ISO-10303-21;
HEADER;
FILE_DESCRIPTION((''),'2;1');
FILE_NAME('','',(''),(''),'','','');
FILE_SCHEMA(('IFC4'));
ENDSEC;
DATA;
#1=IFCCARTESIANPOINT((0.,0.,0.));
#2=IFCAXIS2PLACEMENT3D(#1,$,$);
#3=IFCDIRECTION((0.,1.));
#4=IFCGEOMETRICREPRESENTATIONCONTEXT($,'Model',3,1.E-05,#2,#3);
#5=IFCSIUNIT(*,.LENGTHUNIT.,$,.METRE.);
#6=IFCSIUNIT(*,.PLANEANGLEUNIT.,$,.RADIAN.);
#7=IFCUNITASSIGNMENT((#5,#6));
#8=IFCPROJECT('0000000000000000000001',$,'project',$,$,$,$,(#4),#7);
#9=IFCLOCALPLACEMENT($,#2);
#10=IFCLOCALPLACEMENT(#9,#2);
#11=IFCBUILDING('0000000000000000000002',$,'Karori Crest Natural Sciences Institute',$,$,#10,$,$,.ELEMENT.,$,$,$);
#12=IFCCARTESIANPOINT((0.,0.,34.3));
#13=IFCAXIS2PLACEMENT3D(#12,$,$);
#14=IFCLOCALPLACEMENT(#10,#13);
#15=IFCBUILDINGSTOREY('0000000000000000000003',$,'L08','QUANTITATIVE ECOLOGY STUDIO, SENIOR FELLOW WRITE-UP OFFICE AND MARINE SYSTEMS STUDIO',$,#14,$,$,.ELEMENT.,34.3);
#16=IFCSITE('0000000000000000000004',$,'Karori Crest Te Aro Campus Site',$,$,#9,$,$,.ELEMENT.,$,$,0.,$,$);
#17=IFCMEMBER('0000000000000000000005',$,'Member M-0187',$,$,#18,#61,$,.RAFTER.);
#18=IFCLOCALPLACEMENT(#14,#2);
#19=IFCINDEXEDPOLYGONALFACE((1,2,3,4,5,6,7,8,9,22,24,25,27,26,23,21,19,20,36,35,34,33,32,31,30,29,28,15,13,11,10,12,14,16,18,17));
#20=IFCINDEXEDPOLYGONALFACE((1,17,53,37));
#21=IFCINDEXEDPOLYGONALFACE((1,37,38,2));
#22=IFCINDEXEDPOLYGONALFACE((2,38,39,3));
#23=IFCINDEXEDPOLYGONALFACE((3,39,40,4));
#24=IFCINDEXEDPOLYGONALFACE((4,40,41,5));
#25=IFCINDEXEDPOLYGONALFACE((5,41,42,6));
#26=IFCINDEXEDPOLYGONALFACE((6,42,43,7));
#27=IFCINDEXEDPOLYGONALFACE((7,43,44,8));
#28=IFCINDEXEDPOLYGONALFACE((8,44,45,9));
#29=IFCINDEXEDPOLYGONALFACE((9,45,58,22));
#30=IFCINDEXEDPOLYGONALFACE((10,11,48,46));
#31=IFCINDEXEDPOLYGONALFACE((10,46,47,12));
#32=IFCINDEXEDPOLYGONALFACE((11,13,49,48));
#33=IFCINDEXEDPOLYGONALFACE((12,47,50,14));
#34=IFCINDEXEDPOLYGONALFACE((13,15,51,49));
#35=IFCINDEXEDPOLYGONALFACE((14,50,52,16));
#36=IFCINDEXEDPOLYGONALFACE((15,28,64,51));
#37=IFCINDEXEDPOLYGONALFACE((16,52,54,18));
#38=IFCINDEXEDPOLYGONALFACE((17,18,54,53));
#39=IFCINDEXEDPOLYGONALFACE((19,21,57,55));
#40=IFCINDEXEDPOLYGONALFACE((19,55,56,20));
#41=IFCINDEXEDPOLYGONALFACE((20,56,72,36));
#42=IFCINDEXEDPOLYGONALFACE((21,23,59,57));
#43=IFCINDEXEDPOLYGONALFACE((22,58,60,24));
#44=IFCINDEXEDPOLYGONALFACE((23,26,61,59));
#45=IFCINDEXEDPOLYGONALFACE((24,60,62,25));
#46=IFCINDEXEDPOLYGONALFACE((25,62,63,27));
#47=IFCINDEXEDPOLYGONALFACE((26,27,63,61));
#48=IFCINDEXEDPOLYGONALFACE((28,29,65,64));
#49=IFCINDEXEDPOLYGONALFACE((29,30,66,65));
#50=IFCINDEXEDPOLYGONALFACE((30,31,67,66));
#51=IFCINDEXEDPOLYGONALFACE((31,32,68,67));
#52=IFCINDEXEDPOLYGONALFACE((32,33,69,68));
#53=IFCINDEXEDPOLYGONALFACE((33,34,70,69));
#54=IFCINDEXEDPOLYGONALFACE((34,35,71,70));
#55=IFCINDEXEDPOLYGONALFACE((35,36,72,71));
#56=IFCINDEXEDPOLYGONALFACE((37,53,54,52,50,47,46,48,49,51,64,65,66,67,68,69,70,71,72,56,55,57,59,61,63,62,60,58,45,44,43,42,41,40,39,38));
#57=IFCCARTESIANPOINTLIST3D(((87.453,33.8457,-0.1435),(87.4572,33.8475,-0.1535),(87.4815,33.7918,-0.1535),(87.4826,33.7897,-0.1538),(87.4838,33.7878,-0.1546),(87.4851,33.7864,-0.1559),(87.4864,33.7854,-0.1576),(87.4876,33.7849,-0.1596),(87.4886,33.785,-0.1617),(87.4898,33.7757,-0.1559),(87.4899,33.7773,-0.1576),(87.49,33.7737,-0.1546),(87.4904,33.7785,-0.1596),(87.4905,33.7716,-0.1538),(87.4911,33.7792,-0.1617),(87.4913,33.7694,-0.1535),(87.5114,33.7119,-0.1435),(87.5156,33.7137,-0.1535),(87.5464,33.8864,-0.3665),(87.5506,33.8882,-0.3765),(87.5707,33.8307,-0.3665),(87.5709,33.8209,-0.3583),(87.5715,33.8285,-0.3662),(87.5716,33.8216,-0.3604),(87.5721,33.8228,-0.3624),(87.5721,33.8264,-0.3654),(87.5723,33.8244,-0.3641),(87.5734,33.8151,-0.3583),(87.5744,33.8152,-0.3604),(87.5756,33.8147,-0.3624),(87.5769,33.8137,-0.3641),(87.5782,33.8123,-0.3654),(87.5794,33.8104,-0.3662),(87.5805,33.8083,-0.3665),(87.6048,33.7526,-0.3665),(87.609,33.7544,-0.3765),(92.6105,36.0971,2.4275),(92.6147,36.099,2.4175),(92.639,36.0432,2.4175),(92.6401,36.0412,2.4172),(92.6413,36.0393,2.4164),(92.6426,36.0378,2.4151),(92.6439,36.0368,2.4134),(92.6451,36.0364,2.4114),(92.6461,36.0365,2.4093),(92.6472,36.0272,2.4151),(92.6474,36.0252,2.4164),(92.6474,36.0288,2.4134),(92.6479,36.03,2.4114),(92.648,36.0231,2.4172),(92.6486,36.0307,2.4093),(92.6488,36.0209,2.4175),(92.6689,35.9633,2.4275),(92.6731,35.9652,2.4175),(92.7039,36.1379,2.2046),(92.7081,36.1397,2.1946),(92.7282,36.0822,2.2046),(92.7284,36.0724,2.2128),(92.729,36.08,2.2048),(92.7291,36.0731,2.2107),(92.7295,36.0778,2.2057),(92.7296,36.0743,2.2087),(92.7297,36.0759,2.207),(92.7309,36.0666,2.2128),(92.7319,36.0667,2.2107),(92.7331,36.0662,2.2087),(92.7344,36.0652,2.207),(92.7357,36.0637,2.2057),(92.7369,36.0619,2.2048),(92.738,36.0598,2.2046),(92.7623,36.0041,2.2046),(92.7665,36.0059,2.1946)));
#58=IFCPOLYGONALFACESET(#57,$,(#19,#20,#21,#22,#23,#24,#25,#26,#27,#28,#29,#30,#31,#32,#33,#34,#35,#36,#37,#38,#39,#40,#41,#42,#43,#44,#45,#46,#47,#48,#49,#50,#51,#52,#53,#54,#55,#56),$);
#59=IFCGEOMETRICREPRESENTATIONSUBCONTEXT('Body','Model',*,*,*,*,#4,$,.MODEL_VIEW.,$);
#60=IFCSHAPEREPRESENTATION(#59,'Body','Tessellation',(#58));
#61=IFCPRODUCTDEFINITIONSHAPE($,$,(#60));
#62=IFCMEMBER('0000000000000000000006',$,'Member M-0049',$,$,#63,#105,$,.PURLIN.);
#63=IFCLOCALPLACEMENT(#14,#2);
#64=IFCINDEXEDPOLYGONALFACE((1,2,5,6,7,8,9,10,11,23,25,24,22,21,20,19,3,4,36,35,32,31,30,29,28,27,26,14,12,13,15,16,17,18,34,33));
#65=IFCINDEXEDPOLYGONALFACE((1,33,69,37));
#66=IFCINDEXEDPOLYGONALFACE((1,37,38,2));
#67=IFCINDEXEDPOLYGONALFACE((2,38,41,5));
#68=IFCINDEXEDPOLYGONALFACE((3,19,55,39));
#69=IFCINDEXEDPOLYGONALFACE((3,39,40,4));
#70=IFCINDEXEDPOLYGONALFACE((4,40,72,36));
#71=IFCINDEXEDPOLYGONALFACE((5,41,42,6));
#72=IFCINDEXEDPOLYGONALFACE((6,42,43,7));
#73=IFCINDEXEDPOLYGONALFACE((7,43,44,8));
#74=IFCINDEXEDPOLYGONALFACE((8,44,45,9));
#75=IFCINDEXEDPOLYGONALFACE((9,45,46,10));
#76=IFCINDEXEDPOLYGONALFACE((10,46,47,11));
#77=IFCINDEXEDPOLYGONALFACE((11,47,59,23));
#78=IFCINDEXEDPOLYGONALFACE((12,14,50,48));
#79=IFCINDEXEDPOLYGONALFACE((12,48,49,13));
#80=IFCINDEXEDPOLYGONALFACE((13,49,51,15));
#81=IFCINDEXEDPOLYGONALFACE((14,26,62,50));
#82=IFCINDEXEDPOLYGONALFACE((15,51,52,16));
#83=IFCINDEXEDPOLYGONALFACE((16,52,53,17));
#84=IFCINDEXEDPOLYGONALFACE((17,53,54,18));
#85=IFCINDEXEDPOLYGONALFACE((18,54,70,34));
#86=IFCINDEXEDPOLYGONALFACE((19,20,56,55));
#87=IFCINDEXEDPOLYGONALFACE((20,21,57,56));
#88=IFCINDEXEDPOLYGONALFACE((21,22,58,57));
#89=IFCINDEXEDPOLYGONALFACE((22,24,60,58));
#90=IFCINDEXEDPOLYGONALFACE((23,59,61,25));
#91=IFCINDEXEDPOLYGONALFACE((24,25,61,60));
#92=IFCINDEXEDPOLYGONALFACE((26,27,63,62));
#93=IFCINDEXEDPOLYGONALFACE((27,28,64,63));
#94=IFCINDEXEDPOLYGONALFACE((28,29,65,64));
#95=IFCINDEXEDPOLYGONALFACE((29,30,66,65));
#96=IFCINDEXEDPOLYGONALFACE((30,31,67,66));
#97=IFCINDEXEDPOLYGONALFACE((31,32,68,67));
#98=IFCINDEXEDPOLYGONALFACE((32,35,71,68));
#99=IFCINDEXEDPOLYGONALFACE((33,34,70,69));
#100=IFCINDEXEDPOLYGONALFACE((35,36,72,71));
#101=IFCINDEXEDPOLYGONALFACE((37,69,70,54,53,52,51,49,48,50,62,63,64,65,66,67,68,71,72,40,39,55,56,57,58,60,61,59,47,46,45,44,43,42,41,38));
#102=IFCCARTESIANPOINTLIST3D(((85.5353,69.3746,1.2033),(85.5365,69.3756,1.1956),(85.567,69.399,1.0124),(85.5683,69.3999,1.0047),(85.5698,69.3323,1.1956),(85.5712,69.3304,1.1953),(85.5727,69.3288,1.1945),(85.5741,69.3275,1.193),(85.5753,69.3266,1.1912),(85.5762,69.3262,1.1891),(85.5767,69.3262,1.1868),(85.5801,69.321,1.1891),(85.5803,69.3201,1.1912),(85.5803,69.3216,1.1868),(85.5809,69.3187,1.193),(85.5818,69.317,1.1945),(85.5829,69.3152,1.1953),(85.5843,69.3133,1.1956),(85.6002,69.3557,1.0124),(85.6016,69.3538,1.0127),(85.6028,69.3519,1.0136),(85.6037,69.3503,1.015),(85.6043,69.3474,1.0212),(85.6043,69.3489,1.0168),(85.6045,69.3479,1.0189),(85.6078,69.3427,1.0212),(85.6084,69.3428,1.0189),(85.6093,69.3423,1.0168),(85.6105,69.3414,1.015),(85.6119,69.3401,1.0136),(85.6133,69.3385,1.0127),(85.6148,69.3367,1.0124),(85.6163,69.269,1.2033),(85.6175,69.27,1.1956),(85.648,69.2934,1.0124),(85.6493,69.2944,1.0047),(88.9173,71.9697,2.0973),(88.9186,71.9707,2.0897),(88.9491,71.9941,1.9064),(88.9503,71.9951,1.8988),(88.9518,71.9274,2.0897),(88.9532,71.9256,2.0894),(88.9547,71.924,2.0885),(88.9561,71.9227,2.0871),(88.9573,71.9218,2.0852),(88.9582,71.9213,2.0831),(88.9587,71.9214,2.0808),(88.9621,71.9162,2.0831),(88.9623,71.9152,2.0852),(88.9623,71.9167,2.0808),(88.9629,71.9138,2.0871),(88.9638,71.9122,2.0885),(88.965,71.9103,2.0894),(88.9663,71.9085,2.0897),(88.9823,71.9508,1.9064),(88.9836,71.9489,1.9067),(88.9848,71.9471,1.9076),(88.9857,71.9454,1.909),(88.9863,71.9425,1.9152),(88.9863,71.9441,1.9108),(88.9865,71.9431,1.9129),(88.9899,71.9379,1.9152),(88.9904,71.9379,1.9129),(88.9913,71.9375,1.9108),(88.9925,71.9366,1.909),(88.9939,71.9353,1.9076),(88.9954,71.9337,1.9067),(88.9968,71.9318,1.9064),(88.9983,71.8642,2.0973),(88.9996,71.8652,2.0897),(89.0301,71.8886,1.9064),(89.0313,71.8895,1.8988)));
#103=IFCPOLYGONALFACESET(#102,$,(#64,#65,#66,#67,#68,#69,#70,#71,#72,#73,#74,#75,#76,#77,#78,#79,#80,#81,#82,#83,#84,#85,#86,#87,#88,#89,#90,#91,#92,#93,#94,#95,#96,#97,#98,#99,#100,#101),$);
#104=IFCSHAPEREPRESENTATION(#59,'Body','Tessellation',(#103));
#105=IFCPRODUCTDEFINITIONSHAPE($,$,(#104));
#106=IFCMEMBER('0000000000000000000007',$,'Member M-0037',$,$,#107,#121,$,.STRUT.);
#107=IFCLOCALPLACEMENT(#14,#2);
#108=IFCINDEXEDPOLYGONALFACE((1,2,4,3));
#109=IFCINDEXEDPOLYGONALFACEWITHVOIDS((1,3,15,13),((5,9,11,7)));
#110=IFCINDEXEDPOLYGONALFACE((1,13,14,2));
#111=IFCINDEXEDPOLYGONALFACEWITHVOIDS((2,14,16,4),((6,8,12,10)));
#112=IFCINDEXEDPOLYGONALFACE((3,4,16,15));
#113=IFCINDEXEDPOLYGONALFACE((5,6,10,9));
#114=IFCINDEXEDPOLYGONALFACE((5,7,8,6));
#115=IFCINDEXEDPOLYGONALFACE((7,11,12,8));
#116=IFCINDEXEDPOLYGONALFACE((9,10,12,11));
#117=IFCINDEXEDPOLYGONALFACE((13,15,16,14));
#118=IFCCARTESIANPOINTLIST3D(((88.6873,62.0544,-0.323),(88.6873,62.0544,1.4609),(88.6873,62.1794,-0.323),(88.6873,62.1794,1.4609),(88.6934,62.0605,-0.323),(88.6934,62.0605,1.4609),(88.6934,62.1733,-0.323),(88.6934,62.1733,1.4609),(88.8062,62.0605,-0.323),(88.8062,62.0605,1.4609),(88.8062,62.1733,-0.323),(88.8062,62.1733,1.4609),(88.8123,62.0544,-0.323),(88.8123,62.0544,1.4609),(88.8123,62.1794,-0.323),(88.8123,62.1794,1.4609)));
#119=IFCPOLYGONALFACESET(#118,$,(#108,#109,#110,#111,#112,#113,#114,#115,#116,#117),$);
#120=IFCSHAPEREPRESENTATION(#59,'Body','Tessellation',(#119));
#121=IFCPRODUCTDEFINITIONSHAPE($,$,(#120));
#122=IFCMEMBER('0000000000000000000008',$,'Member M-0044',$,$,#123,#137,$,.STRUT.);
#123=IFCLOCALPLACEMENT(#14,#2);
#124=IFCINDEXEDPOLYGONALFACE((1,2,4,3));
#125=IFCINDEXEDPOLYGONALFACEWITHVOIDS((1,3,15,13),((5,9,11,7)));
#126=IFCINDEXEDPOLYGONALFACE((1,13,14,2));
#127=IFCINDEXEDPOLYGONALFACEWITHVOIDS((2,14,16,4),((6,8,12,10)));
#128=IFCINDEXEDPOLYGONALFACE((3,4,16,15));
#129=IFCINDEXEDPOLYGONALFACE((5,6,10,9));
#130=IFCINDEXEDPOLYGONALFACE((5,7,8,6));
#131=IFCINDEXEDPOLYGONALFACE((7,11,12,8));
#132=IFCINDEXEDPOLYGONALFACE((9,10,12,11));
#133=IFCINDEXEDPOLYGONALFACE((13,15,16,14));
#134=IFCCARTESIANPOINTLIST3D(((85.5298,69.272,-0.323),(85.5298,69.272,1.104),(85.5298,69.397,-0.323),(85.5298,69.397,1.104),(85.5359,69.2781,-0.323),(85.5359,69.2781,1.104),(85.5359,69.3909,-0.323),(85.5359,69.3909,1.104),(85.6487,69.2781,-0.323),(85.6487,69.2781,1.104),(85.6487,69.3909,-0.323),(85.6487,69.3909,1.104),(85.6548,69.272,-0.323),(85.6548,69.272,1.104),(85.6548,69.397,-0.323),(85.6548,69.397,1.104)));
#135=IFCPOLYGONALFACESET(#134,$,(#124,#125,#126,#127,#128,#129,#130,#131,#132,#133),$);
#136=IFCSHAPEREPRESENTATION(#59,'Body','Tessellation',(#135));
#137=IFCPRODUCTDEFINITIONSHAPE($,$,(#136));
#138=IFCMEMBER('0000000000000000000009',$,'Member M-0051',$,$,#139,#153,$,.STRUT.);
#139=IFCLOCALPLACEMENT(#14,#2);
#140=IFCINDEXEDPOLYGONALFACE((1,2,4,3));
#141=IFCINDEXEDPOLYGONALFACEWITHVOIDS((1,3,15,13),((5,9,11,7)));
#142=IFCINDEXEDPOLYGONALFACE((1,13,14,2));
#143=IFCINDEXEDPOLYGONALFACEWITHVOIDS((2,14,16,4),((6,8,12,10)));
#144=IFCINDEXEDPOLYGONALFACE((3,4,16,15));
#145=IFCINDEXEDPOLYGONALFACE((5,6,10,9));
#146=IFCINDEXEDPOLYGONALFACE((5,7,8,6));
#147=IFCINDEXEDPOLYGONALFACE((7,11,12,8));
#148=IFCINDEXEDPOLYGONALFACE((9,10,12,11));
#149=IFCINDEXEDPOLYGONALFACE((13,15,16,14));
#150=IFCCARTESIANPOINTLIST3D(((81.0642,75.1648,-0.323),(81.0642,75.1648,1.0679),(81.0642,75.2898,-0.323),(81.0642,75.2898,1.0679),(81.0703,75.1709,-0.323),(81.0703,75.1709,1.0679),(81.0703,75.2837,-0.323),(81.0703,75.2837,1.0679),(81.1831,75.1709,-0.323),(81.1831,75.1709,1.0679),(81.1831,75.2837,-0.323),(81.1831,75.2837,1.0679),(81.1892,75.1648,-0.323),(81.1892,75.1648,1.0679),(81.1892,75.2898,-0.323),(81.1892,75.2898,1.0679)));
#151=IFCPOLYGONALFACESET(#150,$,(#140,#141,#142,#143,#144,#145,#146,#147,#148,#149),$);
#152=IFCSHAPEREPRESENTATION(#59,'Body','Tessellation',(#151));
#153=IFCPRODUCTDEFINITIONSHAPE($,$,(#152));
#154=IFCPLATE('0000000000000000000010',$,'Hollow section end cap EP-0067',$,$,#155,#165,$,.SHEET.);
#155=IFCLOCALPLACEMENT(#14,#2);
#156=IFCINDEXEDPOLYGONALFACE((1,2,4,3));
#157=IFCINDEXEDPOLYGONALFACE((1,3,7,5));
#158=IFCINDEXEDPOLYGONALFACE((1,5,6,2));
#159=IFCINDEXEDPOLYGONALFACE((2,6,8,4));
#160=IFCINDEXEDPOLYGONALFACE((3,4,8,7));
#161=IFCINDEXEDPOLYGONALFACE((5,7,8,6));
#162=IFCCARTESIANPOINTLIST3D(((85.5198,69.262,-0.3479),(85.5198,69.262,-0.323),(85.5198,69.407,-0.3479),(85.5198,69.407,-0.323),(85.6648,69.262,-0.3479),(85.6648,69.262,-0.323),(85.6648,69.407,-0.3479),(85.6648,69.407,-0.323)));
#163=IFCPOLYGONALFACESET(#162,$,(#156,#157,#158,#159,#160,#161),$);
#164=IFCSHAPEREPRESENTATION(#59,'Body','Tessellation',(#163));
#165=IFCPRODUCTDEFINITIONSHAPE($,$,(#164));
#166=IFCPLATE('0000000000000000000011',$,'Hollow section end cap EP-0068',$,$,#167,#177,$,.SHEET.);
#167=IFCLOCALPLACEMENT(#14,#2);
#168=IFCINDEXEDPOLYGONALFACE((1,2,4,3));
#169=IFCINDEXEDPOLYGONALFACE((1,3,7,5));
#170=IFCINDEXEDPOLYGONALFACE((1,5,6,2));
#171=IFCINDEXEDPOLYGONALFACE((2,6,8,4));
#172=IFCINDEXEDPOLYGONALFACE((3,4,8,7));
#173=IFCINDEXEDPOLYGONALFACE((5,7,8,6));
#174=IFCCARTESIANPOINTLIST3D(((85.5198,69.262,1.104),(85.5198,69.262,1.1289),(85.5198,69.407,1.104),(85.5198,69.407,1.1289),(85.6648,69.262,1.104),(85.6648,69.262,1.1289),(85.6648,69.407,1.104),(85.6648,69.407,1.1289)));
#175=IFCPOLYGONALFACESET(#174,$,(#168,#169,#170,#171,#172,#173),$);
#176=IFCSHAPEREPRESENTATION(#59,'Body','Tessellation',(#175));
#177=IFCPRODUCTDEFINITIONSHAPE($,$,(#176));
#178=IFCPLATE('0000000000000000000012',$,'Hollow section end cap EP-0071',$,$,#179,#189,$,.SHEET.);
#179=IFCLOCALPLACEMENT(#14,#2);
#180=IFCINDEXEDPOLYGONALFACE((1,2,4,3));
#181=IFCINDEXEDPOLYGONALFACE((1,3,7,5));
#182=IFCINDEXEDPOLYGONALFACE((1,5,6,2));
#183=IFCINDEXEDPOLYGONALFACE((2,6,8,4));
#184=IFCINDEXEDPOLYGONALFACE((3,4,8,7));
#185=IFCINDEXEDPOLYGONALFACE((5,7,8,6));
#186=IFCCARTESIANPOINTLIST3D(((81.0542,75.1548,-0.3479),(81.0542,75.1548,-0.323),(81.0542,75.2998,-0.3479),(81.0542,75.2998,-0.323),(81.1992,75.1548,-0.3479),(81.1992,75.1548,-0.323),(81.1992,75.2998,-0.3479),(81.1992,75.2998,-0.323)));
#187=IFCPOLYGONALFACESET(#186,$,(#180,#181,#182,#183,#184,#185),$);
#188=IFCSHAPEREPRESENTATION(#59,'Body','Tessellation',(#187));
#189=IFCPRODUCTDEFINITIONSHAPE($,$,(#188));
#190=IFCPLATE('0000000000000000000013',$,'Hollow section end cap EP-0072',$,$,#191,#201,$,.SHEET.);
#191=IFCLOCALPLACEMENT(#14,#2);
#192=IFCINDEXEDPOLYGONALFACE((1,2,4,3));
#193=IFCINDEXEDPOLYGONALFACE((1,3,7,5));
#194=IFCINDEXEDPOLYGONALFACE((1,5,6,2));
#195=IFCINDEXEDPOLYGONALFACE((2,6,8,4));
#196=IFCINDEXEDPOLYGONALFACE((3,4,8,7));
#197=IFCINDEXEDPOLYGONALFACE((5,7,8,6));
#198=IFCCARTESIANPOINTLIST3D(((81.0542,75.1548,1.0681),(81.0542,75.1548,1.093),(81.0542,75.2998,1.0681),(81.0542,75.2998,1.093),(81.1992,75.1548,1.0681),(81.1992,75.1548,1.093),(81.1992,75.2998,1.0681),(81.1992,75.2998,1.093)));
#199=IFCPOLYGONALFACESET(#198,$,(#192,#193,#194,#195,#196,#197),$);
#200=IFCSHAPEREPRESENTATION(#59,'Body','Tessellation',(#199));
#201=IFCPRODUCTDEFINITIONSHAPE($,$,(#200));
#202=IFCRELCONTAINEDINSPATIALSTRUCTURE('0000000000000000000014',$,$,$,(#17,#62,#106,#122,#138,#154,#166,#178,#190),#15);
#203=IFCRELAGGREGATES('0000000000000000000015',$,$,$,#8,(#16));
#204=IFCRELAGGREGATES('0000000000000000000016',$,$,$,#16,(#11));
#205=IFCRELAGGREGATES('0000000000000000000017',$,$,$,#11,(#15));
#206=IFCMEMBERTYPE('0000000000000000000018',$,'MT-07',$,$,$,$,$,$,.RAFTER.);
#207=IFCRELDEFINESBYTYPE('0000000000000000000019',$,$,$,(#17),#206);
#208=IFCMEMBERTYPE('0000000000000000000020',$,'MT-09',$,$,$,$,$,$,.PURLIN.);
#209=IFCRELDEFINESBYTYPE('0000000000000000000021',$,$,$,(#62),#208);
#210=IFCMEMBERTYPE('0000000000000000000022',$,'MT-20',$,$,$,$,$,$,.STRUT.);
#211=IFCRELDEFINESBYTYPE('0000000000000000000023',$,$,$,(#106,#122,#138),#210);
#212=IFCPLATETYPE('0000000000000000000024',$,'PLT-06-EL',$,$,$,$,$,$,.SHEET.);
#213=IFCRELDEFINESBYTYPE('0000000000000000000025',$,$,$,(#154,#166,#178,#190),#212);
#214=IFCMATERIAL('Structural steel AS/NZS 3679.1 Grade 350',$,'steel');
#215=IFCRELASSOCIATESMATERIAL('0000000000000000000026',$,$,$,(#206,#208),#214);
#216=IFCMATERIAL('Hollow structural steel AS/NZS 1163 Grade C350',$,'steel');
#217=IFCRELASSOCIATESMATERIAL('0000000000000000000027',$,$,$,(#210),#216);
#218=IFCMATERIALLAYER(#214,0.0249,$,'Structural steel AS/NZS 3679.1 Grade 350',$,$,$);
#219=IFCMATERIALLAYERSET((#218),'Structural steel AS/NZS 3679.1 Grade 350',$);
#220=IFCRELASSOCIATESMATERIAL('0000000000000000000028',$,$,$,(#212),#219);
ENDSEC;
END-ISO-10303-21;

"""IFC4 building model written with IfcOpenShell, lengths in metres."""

from ifc_helpers import new_model, si_unit, direction, frame, origin, origin_2d, place, context, subcontext, project, spatial, rectangle, hollow_rectangle, i_section, extrude, material, layer, layer_set, material_profile, profile_set, type_object, element, save


model = new_model("IFC4")

# Units and contexts
model_context = context("Model", 3, precision=1e-05, world=origin(), true_north=direction((0.0, 1.0)))
body_context = subcontext(model_context, "Body", "Model", "MODEL_VIEW")
ifc_project = project(units=[si_unit("LENGTHUNIT", "METRE"), si_unit("PLANEANGLEUNIT", "RADIAN")], contexts=[model_context])

# Site, building, storey
site_placement = place(None, origin())
site = spatial("IfcSite", under=ifc_project, at=site_placement, Name="Karori Crest Te Aro Campus Site", CompositionType="ELEMENT", RefElevation=0.0)
building_placement = place(site_placement, origin())
building = spatial("IfcBuilding", under=site, at=building_placement, Name="Karori Crest Natural Sciences Institute", CompositionType="ELEMENT")
storey_placement = place(building_placement, frame((0.0, 0.0, 34.3)))
storey = spatial("IfcBuildingStorey", under=building, at=storey_placement, Name="L08", Description="QUANTITATIVE ECOLOGY STUDIO, SENIOR FELLOW WRITE-UP OFFICE AND MARINE SYSTEMS STUDIO", CompositionType="ELEMENT", Elevation=34.3)

# Members
ifc_material_1 = material(Name="Structural steel AS/NZS 3679.1 Grade 350", Category="steel")
ifc_material_profile_1 = material_profile(ifc_material_1, i_section(OverallWidth=0.146, OverallDepth=0.2561, WebThickness=0.0063, FlangeThickness=0.011, FilletRadius=0.009, at=origin_2d()), Name="250UB37.3")
ifc_profile_set_1 = profile_set([ifc_material_profile_1], Name="Structural steel AS/NZS 3679.1 Grade 350")
member_type_1 = type_object("IfcMemberType", Name="MT-07", PredefinedType="RAFTER", material=ifc_profile_set_1)
member_1_placement = place(storey_placement, frame((87.531, 33.8, -0.26), z_axis=(0.833599, 0.363903, 0.415557), x_axis=(-0.400084, 0.916479, 0.0)))
element("IfcMember", 1, at=member_1_placement, inside=storey, type_object=member_type_1, Name="Member M-0187", PredefinedType="RAFTER", context=body_context, shape_type="SweptSolid", body=[
    extrude(i_section(OverallWidth=0.146, OverallDepth=0.2561, WebThickness=0.0063, FlangeThickness=0.011, FilletRadius=0.009, at=origin_2d()), origin(), (0.0, 0.0, 1.0), 6.187),
])
ifc_material_profile_2 = material_profile(ifc_material_1, i_section(OverallWidth=0.1331, OverallDepth=0.2029, WebThickness=0.0059, FlangeThickness=0.0078, FilletRadius=0.009, at=origin_2d()), Name="200UB25.4")
ifc_profile_set_2 = profile_set([ifc_material_profile_2], Name="Structural steel AS/NZS 3679.1 Grade 350")
member_type_2 = type_object("IfcMemberType", Name="MT-09", PredefinedType="PURLIN", material=ifc_profile_set_2)
member_2_placement = place(storey_placement, frame((85.5923, 69.3345, 1.104), z_axis=(0.776456, 0.595808, 0.205254), x_axis=(-0.608769, 0.793347, 0.0)))
element("IfcMember", 2, at=member_2_placement, inside=storey, type_object=member_type_2, Name="Member M-0049", PredefinedType="PURLIN", context=body_context, shape_type="SweptSolid", body=[
    extrude(i_section(OverallWidth=0.1331, OverallDepth=0.2029, WebThickness=0.0059, FlangeThickness=0.0078, FilletRadius=0.009, at=origin_2d()), origin(), (0.0, 0.0, 1.0), 4.3557),
])
ifc_material_2 = material(Name="Hollow structural steel AS/NZS 1163 Grade C350", Category="steel")
ifc_material_profile_3 = material_profile(ifc_material_2, hollow_rectangle(XDim=0.125, YDim=0.125, WallThickness=0.0061, at=origin_2d()), Name="SHS125x125x6")
ifc_profile_set_3 = profile_set([ifc_material_profile_3], Name="Hollow structural steel AS/NZS 1163 Grade C350")
member_type_3 = type_object("IfcMemberType", Name="MT-20", PredefinedType="STRUT", material=ifc_profile_set_3)
member_3_placement = place(storey_placement, frame((88.7498, 62.1169, -0.323), z_axis=(0.0, 0.0, 1.0), x_axis=(1.0, 0.0, 0.0)))
element("IfcMember", 3, at=member_3_placement, inside=storey, type_object=member_type_3, Name="Member M-0037", PredefinedType="STRUT", context=body_context, shape_type="SweptSolid", body=[
    extrude(hollow_rectangle(XDim=0.125, YDim=0.125, WallThickness=0.0061, at=origin_2d()), origin(), (0.0, 0.0, 1.0), 1.7839),
])
member_4_placement = place(storey_placement, frame((85.5923, 69.3345, -0.323), z_axis=(0.0, 0.0, 1.0), x_axis=(1.0, 0.0, 0.0)))
element("IfcMember", 4, at=member_4_placement, inside=storey, type_object=member_type_3, Name="Member M-0044", PredefinedType="STRUT", context=body_context, shape_type="SweptSolid", body=[
    extrude(hollow_rectangle(XDim=0.125, YDim=0.125, WallThickness=0.0061, at=origin_2d()), origin(), (0.0, 0.0, 1.0), 1.427),
])
member_5_placement = place(storey_placement, frame((81.1267, 75.2273, -0.323), z_axis=(0.0, 0.0, 1.0), x_axis=(1.0, 0.0, 0.0)))
element("IfcMember", 5, at=member_5_placement, inside=storey, type_object=member_type_3, Name="Member M-0051", PredefinedType="STRUT", context=body_context, shape_type="SweptSolid", body=[
    extrude(hollow_rectangle(XDim=0.125, YDim=0.125, WallThickness=0.0061, at=origin_2d()), origin(), (0.0, 0.0, 1.0), 1.3909),
])

# Plates
ifc_layer_1 = layer(ifc_material_1, 0.0249, Name="Structural steel AS/NZS 3679.1 Grade 350")
ifc_layer_set_1 = layer_set([ifc_layer_1], Name="Structural steel AS/NZS 3679.1 Grade 350")
plate_type = type_object("IfcPlateType", Name="PLT-06-EL", PredefinedType="SHEET", material=ifc_layer_set_1)
for number, where, z_axis, x_axis, name in (
    (6, (85.5923, 69.3345, -0.3479), (0.0, 0.0, 1.0), (1.0, 0.0, 0.0), "Hollow section end cap EP-0067"),
    (7, (85.5923, 69.3345, 1.104), (0.0, 0.0, 1.0), (1.0, 0.0, 0.0), "Hollow section end cap EP-0068"),
    (8, (81.1267, 75.2273, -0.3479), (0.0, 0.0, 1.0), (1.0, 0.0, 0.0), "Hollow section end cap EP-0071"),
    (9, (81.1267, 75.2273, 1.0681), (0.0, 0.0, 1.0), (1.0, 0.0, 0.0), "Hollow section end cap EP-0072"),
):
    element("IfcPlate", number, at=place(storey_placement, frame(where, z_axis=z_axis, x_axis=x_axis)), inside=storey, type_object=plate_type, Name=name, PredefinedType="SHEET", context=body_context, shape_type="SweptSolid", body=[
        extrude(rectangle(XDim=0.145, YDim=0.145, at=origin_2d()), origin(), (0.0, 0.0, 1.0), 0.0249),
    ])

save(model, "model.ifc")
